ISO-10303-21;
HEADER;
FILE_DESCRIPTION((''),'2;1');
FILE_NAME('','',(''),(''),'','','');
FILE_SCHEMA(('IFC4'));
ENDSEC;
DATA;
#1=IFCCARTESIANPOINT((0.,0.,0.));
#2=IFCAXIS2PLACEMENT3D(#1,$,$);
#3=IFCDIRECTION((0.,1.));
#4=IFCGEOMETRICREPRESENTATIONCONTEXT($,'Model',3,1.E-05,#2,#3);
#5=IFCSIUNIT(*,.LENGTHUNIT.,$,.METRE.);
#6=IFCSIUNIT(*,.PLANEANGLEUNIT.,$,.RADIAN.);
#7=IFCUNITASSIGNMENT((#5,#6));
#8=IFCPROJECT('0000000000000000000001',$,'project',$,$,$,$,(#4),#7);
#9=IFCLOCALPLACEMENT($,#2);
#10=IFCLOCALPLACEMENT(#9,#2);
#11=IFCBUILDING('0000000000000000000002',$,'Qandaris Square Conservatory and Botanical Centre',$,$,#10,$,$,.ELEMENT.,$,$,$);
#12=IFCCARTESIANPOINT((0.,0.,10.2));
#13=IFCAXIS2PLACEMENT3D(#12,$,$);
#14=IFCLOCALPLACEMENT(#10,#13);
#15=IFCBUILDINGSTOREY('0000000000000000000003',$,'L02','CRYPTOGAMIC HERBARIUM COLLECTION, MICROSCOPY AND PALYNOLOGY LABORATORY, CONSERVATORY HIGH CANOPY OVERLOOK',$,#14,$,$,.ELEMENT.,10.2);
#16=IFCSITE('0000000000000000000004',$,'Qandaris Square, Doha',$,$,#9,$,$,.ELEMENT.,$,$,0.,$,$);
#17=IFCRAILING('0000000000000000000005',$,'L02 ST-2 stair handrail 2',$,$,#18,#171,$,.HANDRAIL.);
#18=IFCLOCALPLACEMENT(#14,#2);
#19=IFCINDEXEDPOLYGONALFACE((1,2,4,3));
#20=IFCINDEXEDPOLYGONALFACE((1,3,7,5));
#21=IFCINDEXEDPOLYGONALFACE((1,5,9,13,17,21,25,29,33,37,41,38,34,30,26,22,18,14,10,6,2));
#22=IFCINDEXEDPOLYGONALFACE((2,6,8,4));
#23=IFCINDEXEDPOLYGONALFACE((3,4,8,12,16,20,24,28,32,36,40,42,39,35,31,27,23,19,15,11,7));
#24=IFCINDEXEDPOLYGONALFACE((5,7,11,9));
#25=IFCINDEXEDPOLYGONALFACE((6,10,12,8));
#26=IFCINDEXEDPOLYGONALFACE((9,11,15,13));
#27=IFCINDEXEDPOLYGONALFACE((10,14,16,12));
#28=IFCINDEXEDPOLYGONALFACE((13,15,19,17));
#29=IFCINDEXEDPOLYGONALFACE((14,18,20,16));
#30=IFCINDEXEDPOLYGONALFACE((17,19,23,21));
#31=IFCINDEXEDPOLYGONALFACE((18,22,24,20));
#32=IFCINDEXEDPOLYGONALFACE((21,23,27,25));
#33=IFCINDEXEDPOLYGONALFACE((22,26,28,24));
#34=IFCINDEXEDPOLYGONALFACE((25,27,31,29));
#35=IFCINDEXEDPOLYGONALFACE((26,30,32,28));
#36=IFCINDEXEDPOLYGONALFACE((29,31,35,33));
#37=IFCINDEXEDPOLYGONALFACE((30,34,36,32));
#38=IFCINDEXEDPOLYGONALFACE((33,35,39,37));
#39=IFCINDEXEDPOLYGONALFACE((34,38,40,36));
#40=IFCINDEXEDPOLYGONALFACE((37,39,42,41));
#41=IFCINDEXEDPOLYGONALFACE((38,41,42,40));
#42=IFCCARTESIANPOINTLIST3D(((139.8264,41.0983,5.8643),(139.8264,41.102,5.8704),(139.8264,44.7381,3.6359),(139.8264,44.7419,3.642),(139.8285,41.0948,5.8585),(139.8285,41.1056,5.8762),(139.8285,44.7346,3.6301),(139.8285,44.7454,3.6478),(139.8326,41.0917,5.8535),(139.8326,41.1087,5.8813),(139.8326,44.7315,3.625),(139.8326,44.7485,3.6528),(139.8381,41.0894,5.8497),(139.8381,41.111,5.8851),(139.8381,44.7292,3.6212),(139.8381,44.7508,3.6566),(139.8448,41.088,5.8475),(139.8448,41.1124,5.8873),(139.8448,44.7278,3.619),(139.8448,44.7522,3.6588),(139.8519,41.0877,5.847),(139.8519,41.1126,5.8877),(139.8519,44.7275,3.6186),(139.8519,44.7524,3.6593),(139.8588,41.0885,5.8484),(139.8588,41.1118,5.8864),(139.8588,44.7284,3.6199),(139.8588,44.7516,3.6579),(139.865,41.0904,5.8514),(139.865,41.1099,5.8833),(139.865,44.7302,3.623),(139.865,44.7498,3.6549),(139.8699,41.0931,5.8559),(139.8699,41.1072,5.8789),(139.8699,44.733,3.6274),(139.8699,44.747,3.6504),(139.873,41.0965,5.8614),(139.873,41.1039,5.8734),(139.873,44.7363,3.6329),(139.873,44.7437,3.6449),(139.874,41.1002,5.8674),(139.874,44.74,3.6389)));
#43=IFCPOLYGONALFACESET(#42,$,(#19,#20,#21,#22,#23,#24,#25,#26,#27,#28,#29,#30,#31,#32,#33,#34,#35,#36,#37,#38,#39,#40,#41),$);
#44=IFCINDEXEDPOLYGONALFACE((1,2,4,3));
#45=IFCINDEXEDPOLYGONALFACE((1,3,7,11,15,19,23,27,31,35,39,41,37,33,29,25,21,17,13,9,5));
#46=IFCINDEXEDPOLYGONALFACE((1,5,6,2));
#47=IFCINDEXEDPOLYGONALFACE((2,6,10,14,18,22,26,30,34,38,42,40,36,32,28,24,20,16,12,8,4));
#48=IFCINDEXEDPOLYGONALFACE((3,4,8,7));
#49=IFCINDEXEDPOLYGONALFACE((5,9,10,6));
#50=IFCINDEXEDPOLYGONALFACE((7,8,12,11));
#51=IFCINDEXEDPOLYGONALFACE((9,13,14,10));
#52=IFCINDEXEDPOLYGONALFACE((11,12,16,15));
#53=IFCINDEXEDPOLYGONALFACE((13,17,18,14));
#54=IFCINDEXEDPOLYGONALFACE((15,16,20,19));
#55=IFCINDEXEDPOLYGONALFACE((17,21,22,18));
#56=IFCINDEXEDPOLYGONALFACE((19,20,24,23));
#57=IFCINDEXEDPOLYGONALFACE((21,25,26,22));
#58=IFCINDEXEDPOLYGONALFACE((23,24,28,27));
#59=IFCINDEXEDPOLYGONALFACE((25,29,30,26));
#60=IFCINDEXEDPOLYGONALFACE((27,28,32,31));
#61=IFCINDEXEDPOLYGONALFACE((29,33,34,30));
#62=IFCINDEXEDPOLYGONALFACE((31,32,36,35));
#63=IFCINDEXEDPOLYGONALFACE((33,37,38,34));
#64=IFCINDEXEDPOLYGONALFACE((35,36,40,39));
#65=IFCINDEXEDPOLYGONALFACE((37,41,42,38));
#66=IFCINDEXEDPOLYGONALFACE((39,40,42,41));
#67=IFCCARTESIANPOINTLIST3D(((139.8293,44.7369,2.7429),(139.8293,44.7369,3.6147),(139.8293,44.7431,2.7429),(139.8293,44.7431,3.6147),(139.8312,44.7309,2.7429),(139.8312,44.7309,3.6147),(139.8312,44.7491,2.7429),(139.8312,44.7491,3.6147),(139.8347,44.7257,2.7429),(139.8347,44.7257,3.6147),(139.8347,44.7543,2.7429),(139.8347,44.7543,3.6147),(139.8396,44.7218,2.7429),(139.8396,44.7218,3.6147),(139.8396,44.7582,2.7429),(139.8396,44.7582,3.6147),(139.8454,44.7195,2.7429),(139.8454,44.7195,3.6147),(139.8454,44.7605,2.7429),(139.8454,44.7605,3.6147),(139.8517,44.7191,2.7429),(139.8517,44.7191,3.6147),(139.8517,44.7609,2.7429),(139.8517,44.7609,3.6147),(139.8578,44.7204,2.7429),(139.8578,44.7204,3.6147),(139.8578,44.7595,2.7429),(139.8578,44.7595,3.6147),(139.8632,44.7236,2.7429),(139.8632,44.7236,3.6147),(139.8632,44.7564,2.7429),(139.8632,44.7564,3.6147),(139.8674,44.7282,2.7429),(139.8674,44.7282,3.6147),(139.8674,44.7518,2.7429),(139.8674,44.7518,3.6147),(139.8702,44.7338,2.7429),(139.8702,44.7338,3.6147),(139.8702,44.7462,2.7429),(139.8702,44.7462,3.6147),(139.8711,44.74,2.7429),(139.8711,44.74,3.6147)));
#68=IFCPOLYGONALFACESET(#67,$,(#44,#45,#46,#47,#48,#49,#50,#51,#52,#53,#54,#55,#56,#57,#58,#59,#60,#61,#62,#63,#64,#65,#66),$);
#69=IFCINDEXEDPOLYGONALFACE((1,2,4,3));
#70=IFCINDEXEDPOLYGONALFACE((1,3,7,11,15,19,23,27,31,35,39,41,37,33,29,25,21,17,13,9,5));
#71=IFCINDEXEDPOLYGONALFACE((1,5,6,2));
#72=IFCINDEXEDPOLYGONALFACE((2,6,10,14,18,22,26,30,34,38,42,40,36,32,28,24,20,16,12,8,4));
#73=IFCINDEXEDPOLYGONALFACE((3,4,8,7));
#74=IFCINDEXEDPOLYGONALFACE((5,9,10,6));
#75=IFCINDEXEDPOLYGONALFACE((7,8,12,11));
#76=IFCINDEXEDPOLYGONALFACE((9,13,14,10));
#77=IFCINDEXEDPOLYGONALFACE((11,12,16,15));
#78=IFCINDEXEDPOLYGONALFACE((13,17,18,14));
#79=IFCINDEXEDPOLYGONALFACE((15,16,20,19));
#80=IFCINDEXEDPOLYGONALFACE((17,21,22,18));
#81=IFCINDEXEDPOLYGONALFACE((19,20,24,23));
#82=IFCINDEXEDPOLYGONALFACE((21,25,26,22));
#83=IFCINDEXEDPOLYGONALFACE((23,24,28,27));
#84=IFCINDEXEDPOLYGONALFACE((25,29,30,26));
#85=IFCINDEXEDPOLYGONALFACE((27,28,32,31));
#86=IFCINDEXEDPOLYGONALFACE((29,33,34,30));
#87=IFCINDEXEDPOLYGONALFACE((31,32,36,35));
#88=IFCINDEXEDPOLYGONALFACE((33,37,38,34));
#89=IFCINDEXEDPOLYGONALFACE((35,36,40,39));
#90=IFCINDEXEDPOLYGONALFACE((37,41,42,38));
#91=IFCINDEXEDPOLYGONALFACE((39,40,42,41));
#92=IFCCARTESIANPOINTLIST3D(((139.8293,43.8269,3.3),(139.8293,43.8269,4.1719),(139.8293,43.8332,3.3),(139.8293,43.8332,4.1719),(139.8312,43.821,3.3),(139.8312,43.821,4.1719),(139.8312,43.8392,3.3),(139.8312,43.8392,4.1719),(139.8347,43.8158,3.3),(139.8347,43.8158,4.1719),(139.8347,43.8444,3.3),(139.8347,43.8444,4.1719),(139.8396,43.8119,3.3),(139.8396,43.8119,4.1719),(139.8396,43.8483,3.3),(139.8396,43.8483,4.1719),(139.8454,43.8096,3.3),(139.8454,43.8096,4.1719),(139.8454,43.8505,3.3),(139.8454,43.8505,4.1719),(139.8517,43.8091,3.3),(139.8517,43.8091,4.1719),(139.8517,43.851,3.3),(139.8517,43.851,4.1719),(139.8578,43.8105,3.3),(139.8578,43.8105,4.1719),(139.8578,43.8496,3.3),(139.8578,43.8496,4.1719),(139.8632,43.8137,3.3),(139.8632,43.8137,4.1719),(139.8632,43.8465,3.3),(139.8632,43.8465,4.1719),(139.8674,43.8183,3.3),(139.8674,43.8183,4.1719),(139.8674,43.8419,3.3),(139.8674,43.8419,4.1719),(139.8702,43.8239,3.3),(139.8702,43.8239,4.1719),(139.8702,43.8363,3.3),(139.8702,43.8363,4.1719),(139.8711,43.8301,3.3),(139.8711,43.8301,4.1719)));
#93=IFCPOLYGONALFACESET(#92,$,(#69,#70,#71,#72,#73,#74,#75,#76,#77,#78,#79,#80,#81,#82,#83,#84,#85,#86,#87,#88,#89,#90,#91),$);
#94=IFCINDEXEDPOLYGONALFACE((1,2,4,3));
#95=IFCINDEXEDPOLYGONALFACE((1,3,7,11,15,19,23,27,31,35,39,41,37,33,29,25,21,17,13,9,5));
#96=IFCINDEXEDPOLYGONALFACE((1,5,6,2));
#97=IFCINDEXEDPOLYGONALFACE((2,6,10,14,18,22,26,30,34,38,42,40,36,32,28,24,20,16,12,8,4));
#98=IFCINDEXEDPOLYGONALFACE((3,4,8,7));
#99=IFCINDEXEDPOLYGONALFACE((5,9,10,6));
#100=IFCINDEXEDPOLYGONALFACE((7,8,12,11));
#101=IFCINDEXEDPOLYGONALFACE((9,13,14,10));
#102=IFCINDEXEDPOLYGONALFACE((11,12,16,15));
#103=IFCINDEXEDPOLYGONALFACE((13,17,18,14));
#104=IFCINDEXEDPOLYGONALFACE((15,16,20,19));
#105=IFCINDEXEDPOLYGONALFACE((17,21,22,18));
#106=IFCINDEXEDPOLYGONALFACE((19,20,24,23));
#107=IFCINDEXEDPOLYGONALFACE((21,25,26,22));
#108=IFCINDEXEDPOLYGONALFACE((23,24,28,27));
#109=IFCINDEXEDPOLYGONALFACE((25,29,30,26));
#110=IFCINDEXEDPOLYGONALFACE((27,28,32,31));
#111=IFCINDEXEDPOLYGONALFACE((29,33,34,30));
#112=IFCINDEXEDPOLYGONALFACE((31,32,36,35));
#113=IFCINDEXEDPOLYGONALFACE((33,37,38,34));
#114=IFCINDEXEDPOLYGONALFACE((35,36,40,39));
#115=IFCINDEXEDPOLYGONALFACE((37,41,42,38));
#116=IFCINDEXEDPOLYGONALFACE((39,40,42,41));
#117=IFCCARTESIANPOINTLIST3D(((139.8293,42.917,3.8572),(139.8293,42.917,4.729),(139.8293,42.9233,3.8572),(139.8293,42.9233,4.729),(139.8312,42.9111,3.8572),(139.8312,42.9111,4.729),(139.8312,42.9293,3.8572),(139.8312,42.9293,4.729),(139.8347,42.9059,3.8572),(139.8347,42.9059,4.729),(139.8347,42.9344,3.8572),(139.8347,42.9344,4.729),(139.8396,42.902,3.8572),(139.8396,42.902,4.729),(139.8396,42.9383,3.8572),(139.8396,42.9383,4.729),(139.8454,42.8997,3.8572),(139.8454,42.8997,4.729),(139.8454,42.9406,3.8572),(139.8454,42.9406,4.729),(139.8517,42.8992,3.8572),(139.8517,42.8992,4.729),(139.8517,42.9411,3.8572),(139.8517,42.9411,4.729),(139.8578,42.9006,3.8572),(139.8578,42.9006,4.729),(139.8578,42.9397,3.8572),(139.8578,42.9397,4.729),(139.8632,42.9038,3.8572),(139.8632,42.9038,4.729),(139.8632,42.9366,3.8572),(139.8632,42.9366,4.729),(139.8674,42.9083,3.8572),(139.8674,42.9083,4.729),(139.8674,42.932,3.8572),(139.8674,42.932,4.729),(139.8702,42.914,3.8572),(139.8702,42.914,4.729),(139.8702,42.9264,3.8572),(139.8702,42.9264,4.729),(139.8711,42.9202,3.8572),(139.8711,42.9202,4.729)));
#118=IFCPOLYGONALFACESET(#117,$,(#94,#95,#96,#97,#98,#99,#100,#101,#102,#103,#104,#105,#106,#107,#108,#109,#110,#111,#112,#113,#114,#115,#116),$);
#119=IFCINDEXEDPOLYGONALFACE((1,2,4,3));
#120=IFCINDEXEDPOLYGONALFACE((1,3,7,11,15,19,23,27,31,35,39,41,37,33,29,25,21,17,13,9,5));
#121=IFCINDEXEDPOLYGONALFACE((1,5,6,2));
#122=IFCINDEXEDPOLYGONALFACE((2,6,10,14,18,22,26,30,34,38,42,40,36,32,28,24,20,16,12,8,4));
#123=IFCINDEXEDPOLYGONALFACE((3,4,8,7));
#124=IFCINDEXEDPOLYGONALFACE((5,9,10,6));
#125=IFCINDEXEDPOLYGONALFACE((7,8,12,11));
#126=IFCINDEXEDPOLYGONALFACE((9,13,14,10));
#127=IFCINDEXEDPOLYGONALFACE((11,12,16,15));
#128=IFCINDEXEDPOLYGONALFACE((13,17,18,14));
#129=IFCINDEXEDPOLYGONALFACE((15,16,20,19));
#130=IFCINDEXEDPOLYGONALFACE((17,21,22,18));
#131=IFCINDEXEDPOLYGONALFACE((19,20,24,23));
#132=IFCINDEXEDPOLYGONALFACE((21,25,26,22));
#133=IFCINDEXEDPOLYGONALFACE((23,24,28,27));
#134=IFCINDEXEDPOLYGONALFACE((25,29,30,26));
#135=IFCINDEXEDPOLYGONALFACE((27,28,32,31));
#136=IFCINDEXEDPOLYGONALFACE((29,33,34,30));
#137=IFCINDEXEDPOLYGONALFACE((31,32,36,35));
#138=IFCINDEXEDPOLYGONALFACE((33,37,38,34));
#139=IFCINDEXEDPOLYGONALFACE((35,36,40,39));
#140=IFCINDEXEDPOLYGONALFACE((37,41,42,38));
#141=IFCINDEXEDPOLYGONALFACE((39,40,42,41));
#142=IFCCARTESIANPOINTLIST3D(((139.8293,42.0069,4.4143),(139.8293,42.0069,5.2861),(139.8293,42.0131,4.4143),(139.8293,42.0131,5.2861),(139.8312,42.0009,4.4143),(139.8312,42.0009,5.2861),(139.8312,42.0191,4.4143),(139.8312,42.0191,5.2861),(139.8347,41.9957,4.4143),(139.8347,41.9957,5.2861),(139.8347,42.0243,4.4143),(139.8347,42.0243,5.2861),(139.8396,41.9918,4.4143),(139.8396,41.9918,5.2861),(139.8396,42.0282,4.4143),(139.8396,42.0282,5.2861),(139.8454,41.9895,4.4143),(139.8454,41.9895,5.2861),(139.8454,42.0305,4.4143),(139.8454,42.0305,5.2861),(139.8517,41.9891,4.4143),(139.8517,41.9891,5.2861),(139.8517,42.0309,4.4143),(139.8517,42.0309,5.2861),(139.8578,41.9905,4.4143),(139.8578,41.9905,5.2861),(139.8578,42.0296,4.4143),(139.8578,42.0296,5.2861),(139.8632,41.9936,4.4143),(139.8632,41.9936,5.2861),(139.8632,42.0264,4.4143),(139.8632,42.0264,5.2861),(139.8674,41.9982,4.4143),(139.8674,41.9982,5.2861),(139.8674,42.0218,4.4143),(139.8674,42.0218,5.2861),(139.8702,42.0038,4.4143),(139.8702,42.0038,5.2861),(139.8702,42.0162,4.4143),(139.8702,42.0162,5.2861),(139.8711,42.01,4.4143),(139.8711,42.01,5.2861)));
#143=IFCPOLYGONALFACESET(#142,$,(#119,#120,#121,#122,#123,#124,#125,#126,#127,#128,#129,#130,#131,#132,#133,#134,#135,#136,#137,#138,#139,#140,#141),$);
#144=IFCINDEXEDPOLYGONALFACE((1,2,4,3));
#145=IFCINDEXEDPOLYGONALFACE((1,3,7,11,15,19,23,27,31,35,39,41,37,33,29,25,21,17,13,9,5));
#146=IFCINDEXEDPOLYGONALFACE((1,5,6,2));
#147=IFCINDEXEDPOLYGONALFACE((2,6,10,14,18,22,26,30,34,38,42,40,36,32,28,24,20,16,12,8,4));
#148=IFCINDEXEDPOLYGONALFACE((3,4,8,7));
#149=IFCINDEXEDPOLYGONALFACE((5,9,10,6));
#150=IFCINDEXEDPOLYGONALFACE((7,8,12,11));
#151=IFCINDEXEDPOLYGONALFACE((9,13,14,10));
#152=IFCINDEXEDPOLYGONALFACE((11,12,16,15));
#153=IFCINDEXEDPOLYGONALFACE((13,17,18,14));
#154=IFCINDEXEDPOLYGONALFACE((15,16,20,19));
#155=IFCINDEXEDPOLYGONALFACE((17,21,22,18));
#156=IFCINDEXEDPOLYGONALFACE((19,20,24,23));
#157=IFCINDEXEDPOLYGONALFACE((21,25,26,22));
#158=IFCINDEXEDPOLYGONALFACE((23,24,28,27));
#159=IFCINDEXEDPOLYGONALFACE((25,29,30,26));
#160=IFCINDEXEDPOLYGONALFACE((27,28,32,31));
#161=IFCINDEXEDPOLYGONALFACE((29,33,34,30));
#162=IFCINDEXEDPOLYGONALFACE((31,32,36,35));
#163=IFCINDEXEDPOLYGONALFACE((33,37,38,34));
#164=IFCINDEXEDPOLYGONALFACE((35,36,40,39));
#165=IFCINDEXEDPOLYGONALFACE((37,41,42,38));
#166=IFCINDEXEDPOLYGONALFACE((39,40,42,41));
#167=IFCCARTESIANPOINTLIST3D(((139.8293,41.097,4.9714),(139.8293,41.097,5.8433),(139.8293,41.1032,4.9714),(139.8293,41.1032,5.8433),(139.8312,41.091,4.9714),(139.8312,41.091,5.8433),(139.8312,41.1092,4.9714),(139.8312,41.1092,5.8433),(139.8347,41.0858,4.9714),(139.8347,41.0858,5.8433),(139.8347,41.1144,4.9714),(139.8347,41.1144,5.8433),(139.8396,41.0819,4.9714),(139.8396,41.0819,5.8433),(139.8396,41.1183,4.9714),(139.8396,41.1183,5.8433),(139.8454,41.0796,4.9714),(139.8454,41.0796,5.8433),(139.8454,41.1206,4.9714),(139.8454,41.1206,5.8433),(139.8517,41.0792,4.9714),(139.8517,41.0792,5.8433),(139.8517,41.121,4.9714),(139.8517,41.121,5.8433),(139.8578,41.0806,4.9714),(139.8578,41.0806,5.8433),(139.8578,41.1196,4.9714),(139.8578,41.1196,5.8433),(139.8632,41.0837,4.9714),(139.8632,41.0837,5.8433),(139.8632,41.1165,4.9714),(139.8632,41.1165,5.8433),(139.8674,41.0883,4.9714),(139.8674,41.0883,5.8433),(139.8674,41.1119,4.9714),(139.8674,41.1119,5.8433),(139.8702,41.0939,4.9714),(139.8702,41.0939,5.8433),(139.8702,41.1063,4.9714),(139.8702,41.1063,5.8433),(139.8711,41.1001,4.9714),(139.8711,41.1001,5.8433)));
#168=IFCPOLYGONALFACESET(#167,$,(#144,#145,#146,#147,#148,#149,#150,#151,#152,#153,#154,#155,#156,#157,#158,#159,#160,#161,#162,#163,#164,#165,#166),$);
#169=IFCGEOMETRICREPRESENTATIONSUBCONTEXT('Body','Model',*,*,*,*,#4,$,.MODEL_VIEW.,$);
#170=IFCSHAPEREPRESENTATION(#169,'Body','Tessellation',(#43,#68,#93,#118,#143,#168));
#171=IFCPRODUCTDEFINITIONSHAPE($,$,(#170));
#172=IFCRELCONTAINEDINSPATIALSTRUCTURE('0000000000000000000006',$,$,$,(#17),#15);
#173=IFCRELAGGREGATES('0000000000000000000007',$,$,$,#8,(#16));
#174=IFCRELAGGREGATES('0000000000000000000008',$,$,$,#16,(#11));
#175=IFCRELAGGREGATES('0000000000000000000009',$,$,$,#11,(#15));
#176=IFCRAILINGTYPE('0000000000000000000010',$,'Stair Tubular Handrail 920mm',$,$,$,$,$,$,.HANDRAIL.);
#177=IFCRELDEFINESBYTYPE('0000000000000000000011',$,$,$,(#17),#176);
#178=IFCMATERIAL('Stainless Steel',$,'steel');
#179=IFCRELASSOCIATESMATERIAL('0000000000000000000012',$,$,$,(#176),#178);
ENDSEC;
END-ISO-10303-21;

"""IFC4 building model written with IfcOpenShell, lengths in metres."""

from ifc_helpers import new_model, si_unit, direction, frame, origin, origin_2d, place, context, subcontext, project, spatial, circle, extrude, material, type_object, element, save


model = new_model("IFC4")

# Units and contexts
model_context = context("Model", 3, precision=1e-05, world=origin(), true_north=direction((0.0, 1.0)))
body_context = subcontext(model_context, "Body", "Model", "MODEL_VIEW")
ifc_project = project(units=[si_unit("LENGTHUNIT", "METRE"), si_unit("PLANEANGLEUNIT", "RADIAN")], contexts=[model_context])

# Site, building, storey
site_placement = place(None, origin())
site = spatial("IfcSite", under=ifc_project, at=site_placement, Name="Qandaris Square, Doha", CompositionType="ELEMENT", RefElevation=0.0)
building_placement = place(site_placement, origin())
building = spatial("IfcBuilding", under=site, at=building_placement, Name="Qandaris Square Conservatory and Botanical Centre", CompositionType="ELEMENT")
storey_placement = place(building_placement, frame((0.0, 0.0, 10.2)))
storey = spatial("IfcBuildingStorey", under=building, at=storey_placement, Name="L02", Description="CRYPTOGAMIC HERBARIUM COLLECTION, MICROSCOPY AND PALYNOLOGY LABORATORY, CONSERVATORY HIGH CANOPY OVERLOOK", CompositionType="ELEMENT", Elevation=10.2)

# Railing
ifc_material_1 = material(Name="Stainless Steel", Category="steel")
railing_type_1 = type_object("IfcRailingType", Name="Stair Tubular Handrail 920mm", PredefinedType="HANDRAIL", material=ifc_material_1)
railing_1_placement = place(storey_placement, frame((139.8501, 44.74, 2.7429)))
element("IfcRailing", 1, at=railing_1_placement, inside=storey, type_object=railing_type_1, Name="L02 ST-2 stair handrail 2", PredefinedType="HANDRAIL", context=body_context, shape_type="SweptSolid", body=[
    extrude(circle(Radius=0.0239, at=origin_2d()), frame((0.0, 0.0, 0.896), z_axis=(0.0, -0.85285, 0.522156), x_axis=(1.0, 0.0, 0.0)), (0.0, 0.0, 1.0), 4.2678),
    extrude(circle(Radius=0.021, at=origin_2d()), origin(), (0.0, 0.0, 1.0), 0.8718),
    extrude(circle(Radius=0.021, at=origin_2d()), frame((0.0, -0.9099, 0.5571)), (0.0, 0.0, 1.0), 0.8718),
    extrude(circle(Radius=0.021, at=origin_2d()), frame((0.0, -1.8198, 1.1143)), (0.0, 0.0, 1.0), 0.8718),
    extrude(circle(Radius=0.021, at=origin_2d()), frame((0.0, -2.73, 1.6714)), (0.0, 0.0, 1.0), 0.8718),
    extrude(circle(Radius=0.021, at=origin_2d()), frame((0.0, -3.6399, 2.2285)), (0.0, 0.0, 1.0), 0.8718),
])

save(model, "model.ifc")
